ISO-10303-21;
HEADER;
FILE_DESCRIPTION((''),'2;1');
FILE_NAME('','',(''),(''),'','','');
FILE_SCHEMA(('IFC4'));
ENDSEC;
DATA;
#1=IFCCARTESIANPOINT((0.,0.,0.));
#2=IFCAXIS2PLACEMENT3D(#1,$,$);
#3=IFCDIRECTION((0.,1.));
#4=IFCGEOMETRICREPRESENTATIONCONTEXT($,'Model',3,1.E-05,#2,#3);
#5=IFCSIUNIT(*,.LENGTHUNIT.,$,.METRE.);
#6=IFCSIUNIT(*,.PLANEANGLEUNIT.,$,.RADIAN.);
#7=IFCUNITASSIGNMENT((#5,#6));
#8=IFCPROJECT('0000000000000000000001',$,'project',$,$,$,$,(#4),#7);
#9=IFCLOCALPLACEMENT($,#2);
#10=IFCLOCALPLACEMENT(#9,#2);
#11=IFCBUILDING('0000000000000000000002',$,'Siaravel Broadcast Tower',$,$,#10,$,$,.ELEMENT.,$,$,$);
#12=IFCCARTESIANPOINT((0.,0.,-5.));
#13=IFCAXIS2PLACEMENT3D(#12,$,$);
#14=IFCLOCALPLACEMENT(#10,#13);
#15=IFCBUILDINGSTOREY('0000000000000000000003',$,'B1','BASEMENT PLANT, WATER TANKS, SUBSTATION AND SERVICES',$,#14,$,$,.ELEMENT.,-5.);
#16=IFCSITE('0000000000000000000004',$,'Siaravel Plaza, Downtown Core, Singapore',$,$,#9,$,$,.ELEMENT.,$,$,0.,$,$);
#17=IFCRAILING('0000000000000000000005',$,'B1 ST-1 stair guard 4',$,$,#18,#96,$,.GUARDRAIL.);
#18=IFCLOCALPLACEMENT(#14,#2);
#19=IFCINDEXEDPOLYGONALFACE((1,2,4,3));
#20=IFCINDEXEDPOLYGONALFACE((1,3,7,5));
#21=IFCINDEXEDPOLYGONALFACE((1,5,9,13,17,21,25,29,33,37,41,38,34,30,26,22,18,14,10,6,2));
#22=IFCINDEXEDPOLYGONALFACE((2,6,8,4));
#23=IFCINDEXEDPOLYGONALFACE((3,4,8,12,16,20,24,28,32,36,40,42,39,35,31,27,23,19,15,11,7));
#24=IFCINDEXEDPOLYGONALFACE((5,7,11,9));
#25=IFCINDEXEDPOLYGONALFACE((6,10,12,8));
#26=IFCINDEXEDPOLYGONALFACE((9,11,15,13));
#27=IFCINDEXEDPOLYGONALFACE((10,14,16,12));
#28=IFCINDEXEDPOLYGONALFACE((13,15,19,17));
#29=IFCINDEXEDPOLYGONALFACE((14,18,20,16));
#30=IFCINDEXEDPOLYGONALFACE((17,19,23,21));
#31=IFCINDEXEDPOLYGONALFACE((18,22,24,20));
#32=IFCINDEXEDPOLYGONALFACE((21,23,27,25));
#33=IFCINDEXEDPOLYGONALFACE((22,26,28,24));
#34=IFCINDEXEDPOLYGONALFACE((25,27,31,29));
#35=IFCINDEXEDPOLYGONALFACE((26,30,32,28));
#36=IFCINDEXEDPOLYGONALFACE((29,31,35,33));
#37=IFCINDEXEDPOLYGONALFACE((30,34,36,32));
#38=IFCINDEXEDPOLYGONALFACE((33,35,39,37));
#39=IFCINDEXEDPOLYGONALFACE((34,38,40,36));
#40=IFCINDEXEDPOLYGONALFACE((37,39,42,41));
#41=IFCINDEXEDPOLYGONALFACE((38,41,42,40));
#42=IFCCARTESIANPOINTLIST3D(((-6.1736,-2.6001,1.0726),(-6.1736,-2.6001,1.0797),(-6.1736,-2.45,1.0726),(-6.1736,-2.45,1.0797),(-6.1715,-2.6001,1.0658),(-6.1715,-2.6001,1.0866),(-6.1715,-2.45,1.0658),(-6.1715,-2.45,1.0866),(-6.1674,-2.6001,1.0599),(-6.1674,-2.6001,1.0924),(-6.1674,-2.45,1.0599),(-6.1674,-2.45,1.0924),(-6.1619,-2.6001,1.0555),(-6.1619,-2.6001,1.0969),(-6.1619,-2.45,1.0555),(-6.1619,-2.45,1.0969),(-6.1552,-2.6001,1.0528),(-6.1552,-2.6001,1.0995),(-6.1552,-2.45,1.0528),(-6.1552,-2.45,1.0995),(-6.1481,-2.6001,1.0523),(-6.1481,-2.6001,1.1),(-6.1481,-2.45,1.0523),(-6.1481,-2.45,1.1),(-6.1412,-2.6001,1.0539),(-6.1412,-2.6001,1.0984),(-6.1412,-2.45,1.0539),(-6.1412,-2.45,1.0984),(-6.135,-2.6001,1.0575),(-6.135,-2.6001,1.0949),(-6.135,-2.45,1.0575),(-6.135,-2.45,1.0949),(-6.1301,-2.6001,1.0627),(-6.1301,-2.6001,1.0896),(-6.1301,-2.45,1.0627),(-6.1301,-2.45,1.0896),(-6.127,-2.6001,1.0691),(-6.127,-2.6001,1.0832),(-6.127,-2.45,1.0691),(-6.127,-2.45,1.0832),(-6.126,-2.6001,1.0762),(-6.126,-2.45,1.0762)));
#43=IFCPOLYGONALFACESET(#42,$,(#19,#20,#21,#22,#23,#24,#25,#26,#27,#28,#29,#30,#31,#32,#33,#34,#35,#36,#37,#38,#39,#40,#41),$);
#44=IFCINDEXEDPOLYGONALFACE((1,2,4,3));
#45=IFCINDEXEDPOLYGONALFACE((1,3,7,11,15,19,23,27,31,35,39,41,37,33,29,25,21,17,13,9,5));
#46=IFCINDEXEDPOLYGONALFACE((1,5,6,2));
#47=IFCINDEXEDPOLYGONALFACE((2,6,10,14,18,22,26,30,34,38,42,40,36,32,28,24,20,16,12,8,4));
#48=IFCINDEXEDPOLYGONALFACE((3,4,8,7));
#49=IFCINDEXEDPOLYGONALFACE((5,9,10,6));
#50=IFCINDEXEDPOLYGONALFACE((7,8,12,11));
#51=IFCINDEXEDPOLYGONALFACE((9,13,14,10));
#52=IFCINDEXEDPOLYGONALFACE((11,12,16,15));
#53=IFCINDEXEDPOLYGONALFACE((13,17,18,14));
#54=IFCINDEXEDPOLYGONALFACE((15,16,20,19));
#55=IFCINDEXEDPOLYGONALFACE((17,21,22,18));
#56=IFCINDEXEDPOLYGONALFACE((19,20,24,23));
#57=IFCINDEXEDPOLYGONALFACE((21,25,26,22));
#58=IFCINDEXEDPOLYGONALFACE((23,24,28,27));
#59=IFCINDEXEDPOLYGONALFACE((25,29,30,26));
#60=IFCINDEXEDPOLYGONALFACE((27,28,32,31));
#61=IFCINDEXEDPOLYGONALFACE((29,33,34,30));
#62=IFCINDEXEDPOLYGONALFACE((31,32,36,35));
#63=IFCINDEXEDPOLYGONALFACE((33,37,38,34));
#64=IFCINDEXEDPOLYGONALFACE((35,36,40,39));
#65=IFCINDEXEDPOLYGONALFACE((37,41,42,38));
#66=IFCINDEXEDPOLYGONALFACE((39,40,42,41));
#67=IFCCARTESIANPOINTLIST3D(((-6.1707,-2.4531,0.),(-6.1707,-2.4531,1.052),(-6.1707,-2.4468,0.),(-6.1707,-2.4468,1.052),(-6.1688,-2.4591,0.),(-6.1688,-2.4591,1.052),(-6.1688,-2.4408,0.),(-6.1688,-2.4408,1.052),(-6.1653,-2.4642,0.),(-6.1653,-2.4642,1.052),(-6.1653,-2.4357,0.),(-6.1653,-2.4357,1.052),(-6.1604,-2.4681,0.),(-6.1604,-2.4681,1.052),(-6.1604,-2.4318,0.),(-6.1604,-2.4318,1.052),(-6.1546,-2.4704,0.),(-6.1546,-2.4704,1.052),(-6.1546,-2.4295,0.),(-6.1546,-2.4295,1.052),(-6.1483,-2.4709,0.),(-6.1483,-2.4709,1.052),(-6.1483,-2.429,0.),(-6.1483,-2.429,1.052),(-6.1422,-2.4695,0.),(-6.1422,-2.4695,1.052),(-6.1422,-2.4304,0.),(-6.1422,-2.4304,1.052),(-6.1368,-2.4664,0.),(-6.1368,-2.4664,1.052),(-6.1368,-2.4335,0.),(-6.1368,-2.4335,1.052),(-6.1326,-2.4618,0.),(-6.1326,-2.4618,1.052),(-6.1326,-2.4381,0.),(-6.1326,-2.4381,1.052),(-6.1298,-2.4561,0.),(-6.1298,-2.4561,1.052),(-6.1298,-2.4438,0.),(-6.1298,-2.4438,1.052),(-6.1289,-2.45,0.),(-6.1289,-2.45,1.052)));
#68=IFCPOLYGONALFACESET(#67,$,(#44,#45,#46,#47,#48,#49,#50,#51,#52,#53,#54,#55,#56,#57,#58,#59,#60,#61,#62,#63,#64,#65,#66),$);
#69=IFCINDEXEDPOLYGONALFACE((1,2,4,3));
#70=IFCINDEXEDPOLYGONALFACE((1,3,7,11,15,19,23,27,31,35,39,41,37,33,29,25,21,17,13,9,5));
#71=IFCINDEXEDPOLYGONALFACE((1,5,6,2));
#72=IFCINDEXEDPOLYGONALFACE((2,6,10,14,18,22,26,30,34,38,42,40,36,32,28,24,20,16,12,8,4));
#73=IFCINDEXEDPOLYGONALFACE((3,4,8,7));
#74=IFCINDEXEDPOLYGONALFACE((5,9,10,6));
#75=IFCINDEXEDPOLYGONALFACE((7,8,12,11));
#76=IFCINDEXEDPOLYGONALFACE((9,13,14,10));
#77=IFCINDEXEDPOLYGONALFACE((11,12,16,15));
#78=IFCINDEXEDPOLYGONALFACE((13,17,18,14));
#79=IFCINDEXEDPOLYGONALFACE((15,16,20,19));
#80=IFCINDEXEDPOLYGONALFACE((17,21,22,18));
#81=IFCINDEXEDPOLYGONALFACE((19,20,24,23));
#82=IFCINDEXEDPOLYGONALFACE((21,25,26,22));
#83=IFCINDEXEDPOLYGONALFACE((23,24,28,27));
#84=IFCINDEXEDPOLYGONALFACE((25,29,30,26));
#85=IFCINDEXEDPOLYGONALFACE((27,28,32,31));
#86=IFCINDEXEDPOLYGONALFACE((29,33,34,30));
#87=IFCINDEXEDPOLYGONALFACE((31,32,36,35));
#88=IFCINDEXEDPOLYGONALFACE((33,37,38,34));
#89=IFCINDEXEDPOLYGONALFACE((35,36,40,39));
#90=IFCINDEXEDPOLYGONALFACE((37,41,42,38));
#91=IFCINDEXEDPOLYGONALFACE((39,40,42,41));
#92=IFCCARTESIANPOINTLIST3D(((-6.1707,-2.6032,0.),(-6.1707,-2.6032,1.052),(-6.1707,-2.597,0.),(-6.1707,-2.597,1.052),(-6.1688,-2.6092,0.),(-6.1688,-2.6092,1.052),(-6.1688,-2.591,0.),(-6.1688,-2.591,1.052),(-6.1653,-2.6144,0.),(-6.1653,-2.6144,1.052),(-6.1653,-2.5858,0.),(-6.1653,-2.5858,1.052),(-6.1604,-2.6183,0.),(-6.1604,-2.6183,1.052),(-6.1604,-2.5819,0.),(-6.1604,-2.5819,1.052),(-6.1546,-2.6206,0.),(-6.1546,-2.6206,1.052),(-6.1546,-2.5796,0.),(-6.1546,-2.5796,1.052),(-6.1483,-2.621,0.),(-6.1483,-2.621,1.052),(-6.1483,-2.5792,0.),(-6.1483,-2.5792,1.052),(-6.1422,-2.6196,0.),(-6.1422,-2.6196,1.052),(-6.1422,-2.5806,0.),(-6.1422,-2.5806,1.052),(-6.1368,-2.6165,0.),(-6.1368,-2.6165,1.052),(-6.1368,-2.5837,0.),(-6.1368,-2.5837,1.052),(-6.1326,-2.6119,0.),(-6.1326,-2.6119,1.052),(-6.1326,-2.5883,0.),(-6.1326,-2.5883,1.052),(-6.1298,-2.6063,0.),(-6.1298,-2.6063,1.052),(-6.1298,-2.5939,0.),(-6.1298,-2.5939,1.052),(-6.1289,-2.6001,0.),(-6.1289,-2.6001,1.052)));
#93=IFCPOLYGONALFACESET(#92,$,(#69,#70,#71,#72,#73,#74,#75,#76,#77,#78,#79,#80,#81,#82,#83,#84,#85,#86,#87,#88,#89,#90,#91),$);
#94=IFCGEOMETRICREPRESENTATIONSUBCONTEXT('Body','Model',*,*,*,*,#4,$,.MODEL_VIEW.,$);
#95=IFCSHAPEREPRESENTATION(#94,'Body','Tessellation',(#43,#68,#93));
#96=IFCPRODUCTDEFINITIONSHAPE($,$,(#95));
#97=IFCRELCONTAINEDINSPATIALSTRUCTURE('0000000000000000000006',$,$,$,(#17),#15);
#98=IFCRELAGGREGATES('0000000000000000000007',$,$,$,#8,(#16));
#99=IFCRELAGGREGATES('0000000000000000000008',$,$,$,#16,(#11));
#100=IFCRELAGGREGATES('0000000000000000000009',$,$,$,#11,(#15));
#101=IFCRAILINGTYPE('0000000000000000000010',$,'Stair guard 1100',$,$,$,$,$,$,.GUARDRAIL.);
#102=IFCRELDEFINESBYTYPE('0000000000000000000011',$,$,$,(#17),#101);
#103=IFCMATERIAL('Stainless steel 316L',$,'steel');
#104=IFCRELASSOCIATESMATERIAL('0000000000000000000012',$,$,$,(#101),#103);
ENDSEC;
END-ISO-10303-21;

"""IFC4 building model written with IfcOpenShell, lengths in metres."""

from ifc_helpers import new_model, si_unit, direction, frame, origin, origin_2d, place, context, subcontext, project, spatial, circle, extrude, material, type_object, element, save


model = new_model("IFC4")

# Units and contexts
model_context = context("Model", 3, precision=1e-05, world=origin(), true_north=direction((0.0, 1.0)))
body_context = subcontext(model_context, "Body", "Model", "MODEL_VIEW")
ifc_project = project(units=[si_unit("LENGTHUNIT", "METRE"), si_unit("PLANEANGLEUNIT", "RADIAN")], contexts=[model_context])

# Site, building, storey
site_placement = place(None, origin())
site = spatial("IfcSite", under=ifc_project, at=site_placement, Name="Siaravel Plaza, Downtown Core, Singapore", CompositionType="ELEMENT", RefElevation=0.0)
building_placement = place(site_placement, origin())
building = spatial("IfcBuilding", under=site, at=building_placement, Name="Siaravel Broadcast Tower", CompositionType="ELEMENT")
storey_placement = place(building_placement, frame((0.0, 0.0, -5.0)))
storey = spatial("IfcBuildingStorey", under=building, at=storey_placement, Name="B1", Description="BASEMENT PLANT, WATER TANKS, SUBSTATION AND SERVICES", CompositionType="ELEMENT", Elevation=-5.0)

# Railing
ifc_material_1 = material(Name="Stainless steel 316L", Category="steel")
railing_type_1 = type_object("IfcRailingType", Name="Stair guard 1100", PredefinedType="GUARDRAIL", material=ifc_material_1)
railing_1_placement = place(storey_placement, frame((-6.1499, -2.45, 0.0)))
element("IfcRailing", 1, at=railing_1_placement, inside=storey, type_object=railing_type_1, Name="B1 ST-1 stair guard 4", PredefinedType="GUARDRAIL", context=body_context, shape_type="SweptSolid", body=[
    extrude(circle(Radius=0.0239, at=origin_2d()), frame((0.0, 0.0, 1.0762), z_axis=(0.0, -1.0, 0.0), x_axis=(1.0, 0.0, 0.0)), (0.0, 0.0, 1.0), 0.1501),
    extrude(circle(Radius=0.021, at=origin_2d()), origin(), (0.0, 0.0, 1.0), 1.052),
    extrude(circle(Radius=0.021, at=origin_2d()), frame((0.0, -0.1501, 0.0)), (0.0, 0.0, 1.0), 1.052),
])

save(model, "model.ifc")
